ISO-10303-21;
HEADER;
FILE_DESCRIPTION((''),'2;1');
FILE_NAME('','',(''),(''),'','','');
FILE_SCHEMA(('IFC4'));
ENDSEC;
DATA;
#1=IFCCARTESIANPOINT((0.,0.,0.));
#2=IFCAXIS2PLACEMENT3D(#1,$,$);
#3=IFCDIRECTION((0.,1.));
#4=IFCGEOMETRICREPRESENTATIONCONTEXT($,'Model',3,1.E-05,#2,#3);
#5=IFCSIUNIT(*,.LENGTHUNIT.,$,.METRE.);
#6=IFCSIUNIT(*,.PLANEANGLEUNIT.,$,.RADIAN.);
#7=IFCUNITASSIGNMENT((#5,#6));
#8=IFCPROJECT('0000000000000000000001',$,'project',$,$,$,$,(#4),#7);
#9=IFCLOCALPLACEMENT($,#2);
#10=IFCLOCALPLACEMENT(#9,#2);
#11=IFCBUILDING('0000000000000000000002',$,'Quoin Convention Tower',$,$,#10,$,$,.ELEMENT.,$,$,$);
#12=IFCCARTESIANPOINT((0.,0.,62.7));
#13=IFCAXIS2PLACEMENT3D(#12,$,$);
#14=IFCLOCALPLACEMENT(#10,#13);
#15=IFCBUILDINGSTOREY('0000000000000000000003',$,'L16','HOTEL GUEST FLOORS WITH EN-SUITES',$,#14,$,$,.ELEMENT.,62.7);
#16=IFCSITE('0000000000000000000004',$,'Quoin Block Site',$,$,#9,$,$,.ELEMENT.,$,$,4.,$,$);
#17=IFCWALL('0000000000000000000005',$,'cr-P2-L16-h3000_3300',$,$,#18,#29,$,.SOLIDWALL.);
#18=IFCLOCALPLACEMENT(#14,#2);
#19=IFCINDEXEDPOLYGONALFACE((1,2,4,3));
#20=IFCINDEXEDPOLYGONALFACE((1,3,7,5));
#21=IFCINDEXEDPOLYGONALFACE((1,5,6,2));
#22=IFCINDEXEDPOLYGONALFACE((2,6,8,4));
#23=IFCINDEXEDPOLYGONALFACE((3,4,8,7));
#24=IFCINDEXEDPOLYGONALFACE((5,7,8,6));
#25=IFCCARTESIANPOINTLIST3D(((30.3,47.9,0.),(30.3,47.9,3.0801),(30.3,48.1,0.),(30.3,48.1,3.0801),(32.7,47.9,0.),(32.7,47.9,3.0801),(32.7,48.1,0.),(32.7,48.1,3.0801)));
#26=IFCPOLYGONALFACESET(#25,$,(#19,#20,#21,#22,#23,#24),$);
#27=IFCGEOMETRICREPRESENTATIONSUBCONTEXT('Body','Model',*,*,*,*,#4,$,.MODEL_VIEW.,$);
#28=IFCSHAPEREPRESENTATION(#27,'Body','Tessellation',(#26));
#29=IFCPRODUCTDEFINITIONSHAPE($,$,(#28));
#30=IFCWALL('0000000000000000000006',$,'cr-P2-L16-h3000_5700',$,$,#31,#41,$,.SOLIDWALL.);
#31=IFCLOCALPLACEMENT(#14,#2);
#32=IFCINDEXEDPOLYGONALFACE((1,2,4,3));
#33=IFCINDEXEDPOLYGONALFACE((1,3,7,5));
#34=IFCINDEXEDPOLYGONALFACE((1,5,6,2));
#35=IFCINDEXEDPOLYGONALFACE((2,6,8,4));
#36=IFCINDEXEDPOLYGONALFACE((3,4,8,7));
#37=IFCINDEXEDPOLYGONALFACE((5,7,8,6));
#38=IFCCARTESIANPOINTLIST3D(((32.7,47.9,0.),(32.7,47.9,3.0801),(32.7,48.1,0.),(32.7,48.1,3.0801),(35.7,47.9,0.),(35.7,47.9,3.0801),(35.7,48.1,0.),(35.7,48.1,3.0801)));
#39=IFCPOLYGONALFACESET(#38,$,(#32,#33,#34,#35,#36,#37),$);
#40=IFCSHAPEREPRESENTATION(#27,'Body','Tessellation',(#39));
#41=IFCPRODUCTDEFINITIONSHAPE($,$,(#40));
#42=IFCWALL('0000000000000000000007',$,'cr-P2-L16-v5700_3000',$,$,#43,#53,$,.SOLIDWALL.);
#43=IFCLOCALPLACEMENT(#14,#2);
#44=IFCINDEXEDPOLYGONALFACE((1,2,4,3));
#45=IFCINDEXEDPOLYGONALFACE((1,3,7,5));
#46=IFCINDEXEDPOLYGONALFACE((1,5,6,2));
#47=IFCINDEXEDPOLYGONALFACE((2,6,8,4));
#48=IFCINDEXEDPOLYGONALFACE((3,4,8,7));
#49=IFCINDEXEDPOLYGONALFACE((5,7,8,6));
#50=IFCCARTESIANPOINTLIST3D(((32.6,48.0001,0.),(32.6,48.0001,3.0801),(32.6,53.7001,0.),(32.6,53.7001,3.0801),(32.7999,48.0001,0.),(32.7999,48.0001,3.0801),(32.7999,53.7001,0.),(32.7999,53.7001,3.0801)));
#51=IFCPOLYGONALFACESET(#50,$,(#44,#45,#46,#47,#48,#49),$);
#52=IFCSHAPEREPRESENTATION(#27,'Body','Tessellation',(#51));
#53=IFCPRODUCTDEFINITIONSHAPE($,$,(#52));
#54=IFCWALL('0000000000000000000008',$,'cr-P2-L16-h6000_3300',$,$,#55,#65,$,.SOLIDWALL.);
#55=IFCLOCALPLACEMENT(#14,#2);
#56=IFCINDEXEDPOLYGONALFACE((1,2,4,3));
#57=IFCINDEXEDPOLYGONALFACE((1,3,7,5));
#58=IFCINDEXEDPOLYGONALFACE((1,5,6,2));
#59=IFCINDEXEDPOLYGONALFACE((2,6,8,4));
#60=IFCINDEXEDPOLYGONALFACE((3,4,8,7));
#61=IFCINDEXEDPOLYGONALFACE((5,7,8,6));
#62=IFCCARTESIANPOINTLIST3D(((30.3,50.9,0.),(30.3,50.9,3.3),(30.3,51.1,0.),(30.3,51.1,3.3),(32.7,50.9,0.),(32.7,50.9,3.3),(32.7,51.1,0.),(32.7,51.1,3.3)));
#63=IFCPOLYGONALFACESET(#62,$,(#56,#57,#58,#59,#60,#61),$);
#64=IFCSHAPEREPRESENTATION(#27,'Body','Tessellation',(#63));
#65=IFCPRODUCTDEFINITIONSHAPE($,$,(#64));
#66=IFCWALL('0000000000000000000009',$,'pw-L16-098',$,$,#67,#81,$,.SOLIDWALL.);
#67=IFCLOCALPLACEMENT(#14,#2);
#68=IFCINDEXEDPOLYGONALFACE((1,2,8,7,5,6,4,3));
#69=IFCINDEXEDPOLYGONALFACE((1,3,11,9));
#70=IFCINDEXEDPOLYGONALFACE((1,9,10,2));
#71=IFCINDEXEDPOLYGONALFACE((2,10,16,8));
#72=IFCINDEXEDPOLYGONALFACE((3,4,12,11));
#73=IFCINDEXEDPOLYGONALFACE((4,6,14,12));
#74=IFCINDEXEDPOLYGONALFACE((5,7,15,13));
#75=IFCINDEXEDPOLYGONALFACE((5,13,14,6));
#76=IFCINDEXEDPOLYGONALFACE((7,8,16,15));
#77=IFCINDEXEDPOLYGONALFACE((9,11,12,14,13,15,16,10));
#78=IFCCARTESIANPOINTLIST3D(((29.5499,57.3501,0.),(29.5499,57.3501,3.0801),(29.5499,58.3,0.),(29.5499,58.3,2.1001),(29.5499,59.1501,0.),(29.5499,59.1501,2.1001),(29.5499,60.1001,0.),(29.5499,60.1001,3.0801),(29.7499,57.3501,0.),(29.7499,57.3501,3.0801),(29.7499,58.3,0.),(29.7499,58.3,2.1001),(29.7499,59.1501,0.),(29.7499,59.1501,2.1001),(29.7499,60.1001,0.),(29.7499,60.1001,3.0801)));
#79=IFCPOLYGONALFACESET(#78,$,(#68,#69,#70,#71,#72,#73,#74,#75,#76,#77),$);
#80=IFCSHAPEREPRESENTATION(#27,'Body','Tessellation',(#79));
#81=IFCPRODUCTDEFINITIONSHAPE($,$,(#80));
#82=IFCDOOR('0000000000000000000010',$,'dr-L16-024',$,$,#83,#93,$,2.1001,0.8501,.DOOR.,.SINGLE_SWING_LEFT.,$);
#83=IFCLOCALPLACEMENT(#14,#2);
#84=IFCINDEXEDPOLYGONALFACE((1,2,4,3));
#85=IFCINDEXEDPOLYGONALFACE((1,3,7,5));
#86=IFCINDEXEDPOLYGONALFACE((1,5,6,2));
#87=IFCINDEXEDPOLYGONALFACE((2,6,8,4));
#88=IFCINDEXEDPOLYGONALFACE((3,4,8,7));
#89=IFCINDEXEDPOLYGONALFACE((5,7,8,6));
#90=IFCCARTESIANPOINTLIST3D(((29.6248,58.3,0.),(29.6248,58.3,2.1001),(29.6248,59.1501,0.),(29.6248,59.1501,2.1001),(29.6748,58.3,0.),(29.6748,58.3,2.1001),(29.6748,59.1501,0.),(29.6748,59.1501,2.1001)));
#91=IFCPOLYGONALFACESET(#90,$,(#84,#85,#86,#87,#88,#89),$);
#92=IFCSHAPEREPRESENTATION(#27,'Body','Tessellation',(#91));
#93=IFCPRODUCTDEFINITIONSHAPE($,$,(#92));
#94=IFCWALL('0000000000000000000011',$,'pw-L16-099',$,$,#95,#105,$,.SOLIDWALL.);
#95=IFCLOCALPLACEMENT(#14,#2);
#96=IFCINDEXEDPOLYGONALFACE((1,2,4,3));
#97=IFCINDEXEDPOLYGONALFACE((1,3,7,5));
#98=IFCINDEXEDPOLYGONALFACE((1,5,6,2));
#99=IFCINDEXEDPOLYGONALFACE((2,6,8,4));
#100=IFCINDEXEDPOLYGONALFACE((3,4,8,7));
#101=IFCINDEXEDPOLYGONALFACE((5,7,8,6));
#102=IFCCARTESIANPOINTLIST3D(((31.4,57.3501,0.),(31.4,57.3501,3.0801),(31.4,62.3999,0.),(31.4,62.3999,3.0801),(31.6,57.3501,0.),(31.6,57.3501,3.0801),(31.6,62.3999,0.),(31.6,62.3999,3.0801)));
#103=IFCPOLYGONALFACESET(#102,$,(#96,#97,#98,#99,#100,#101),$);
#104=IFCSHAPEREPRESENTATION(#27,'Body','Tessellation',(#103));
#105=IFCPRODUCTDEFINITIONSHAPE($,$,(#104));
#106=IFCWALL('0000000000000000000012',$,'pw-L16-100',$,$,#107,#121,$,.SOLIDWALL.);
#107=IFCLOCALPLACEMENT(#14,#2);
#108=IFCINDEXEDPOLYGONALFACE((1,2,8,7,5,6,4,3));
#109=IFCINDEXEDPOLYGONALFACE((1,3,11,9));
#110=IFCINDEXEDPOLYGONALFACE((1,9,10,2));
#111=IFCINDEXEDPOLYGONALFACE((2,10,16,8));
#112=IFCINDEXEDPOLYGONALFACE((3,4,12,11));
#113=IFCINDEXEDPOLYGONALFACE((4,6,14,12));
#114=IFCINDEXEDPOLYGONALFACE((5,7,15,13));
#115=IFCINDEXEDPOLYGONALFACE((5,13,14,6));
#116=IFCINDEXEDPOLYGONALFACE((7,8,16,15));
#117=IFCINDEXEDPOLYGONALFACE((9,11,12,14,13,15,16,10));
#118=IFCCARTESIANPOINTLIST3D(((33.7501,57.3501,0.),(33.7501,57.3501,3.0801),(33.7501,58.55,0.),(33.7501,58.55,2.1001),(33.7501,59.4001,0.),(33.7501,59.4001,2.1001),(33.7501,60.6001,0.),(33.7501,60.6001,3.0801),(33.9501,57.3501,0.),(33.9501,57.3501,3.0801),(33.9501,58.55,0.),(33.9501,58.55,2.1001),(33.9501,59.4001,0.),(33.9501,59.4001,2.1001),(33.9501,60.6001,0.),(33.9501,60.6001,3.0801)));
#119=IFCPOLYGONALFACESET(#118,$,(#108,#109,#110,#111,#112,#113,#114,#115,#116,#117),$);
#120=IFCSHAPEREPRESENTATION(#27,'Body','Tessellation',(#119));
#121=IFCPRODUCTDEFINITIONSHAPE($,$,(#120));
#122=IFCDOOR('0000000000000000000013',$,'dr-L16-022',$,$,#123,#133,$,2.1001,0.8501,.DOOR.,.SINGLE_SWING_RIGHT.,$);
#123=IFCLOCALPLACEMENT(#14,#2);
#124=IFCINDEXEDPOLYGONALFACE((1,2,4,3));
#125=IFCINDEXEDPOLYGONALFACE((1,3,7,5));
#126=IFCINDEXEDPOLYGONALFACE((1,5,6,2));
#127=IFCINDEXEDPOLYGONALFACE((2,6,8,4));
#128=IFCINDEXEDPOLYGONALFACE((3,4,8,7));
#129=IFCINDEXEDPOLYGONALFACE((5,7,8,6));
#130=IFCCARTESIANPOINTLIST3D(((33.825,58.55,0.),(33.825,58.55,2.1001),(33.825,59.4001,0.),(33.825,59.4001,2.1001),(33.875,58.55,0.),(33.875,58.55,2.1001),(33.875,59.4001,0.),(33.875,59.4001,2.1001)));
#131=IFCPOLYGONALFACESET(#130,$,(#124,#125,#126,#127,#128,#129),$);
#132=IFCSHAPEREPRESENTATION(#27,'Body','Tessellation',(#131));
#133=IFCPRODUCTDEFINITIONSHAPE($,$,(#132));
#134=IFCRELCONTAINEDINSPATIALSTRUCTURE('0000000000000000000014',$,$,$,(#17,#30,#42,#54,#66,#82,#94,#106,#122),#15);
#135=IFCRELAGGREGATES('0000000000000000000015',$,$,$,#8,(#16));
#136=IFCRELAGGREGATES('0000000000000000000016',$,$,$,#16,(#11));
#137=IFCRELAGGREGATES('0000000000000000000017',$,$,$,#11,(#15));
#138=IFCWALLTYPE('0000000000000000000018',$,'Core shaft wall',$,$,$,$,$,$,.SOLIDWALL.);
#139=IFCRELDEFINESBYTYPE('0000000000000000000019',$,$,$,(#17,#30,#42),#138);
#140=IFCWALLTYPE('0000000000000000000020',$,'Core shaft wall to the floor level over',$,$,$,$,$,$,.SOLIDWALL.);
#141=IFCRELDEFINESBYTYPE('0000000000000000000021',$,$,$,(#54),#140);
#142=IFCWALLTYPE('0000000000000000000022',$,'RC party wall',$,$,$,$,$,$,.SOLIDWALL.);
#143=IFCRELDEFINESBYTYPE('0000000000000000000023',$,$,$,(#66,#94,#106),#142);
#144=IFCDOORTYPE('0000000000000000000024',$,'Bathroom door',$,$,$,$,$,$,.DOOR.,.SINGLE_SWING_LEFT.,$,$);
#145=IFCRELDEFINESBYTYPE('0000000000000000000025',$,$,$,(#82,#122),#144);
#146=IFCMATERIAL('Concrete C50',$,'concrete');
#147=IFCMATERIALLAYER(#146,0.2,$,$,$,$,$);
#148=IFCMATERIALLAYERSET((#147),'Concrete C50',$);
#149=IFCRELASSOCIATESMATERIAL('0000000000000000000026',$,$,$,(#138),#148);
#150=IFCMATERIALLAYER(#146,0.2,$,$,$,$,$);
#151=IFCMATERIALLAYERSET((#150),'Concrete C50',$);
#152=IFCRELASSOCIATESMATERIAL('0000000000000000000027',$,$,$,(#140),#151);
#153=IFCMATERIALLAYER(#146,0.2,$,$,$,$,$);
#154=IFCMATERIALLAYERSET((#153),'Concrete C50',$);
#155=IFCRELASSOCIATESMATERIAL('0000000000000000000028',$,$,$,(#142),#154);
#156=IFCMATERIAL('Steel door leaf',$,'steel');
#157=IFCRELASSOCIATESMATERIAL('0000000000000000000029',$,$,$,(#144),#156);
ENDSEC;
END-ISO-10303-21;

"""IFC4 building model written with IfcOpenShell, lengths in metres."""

from ifc_helpers import new_model, si_unit, direction, frame, frame_2d, origin, place, context, subcontext, project, spatial, rectangle, extrude, material, layer, layer_set, type_object, element, fill, save


model = new_model("IFC4")

# Units and contexts
model_context = context("Model", 3, precision=1e-05, world=origin(), true_north=direction((0.0, 1.0)))
body_context = subcontext(model_context, "Body", "Model", "MODEL_VIEW")
ifc_project = project(units=[si_unit("LENGTHUNIT", "METRE"), si_unit("PLANEANGLEUNIT", "RADIAN")], contexts=[model_context])

# Site, building, storey
site_placement = place(None, origin())
site = spatial("IfcSite", under=ifc_project, at=site_placement, Name="Quoin Block Site", CompositionType="ELEMENT", RefElevation=4.0)
building_placement = place(site_placement, origin())
building = spatial("IfcBuilding", under=site, at=building_placement, Name="Quoin Convention Tower", CompositionType="ELEMENT")
storey_placement = place(building_placement, frame((0.0, 0.0, 62.7)))
storey = spatial("IfcBuildingStorey", under=building, at=storey_placement, Name="L16", Description="HOTEL GUEST FLOORS WITH EN-SUITES", CompositionType="ELEMENT", Elevation=62.7)

# Walls
ifc_material_1 = material(Name="Concrete C50", Category="concrete")
ifc_layer_1 = layer(ifc_material_1, 0.2)
ifc_layer_set_1 = layer_set([ifc_layer_1], Name="Concrete C50")
wall_type_1 = type_object("IfcWallType", Name="Core shaft wall", PredefinedType="SOLIDWALL", material=ifc_layer_set_1)
wall_1_placement = place(storey_placement, frame((30.3, 48.0, 0.0), z_axis=(0.0, 0.0, 1.0), x_axis=(1.0, 0.0, 0.0)))
element("IfcWall", 1, at=wall_1_placement, inside=storey, type_object=wall_type_1, Name="cr-P2-L16-h3000_3300", PredefinedType="SOLIDWALL", context=body_context, shape_type="SweptSolid", body=[
    extrude(rectangle(XDim=2.3999, YDim=0.2, at=frame_2d((1.2, 0.0))), origin(), (0.0, 0.0, 1.0), 3.0801),
])
wall_2_placement = place(storey_placement, frame((32.7, 48.0, 0.0), z_axis=(0.0, 0.0, 1.0), x_axis=(1.0, 0.0, 0.0)))
element("IfcWall", 2, at=wall_2_placement, inside=storey, type_object=wall_type_1, Name="cr-P2-L16-h3000_5700", PredefinedType="SOLIDWALL", context=body_context, shape_type="SweptSolid", body=[
    extrude(rectangle(XDim=3.0, YDim=0.2, at=frame_2d((1.5, 0.0))), origin(), (0.0, 0.0, 1.0), 3.0801),
])
wall_3_placement = place(storey_placement, frame((32.7, 48.0, 0.0), z_axis=(0.0, 0.0, 1.0), x_axis=(0.0, 1.0, 0.0)))
element("IfcWall", 3, at=wall_3_placement, inside=storey, type_object=wall_type_1, Name="cr-P2-L16-v5700_3000", PredefinedType="SOLIDWALL", context=body_context, shape_type="SweptSolid", body=[
    extrude(rectangle(XDim=5.7, YDim=0.2, at=frame_2d((2.8501, 0.0))), origin(), (0.0, 0.0, 1.0), 3.0801),
])
ifc_layer_2 = layer(ifc_material_1, 0.2)
ifc_layer_set_2 = layer_set([ifc_layer_2], Name="Concrete C50")
wall_type_2 = type_object("IfcWallType", Name="Core shaft wall to the floor level over", PredefinedType="SOLIDWALL", material=ifc_layer_set_2)
wall_4_placement = place(storey_placement, frame((30.3, 51.0, 0.0), z_axis=(0.0, 0.0, 1.0), x_axis=(1.0, 0.0, 0.0)))
element("IfcWall", 4, at=wall_4_placement, inside=storey, type_object=wall_type_2, Name="cr-P2-L16-h6000_3300", PredefinedType="SOLIDWALL", context=body_context, shape_type="SweptSolid", body=[
    extrude(rectangle(XDim=2.3999, YDim=0.2, at=frame_2d((1.2, 0.0))), origin(), (0.0, 0.0, 1.0), 3.3),
])

# Wall, opening, door
ifc_layer_3 = layer(ifc_material_1, 0.2)
ifc_layer_set_3 = layer_set([ifc_layer_3], Name="Concrete C50")
wall_type_3 = type_object("IfcWallType", Name="RC party wall", PredefinedType="SOLIDWALL", material=ifc_layer_set_3)
wall_5_placement = place(storey_placement, frame((29.6499, 57.3501, 0.0), z_axis=(0.0, 0.0, 1.0), x_axis=(0.0, 1.0, 0.0)))
wall_5 = element("IfcWall", 5, at=wall_5_placement, inside=storey, type_object=wall_type_3, Name="pw-L16-098", PredefinedType="SOLIDWALL", context=body_context, shape_type="SweptSolid", body=[
    extrude(rectangle(XDim=2.75, YDim=0.2, at=frame_2d((1.375, 0.0))), origin(), (0.0, 0.0, 1.0), 3.0801),
])
opening_1_placement = place(wall_5_placement, frame((0.95, 0.0, 0.0)))
opening_1 = element("IfcOpeningElement", 6, at=opening_1_placement, cuts=wall_5, PredefinedType="OPENING", context=body_context, shape_type="SweptSolid", body=[
    extrude(rectangle(XDim=0.8501, YDim=2.1001, at=frame_2d((0.425, 1.05))), frame((0.0, 0.1099, 0.0), z_axis=(0.0, -1.0, 0.0), x_axis=(1.0, 0.0, 0.0)), (0.0, 0.0, 1.0), 0.22),
])
ifc_material_2 = material(Name="Steel door leaf", Category="steel")
door_type_1 = type_object("IfcDoorType", Name="Bathroom door", OperationType="SINGLE_SWING_LEFT", PredefinedType="DOOR", material=ifc_material_2)
door_1_placement = place(opening_1_placement, frame((0.8501, 0.0, 0.0), z_axis=(0.0, 0.0, 1.0), x_axis=(-1.0, 0.0, 0.0)))
door_1 = element("IfcDoor", 7, at=door_1_placement, inside=storey, type_object=door_type_1, Name="dr-L16-024", OperationType="SINGLE_SWING_LEFT", OverallHeight=2.1001, OverallWidth=0.8501, PredefinedType="DOOR", context=body_context, shape_type="SweptSolid", body=[
    extrude(rectangle(XDim=0.8501, YDim=2.1001, at=frame_2d((0.425, 1.05))), frame((0.0, 0.0249, 0.0), z_axis=(0.0, -1.0, 0.0), x_axis=(1.0, 0.0, 0.0)), (0.0, 0.0, 1.0), 0.05),
])
fill(opening_1, door_1)

# Wall
wall_6_placement = place(storey_placement, frame((31.5, 57.3501, 0.0), z_axis=(0.0, 0.0, 1.0), x_axis=(0.0, 1.0, 0.0)))
element("IfcWall", 8, at=wall_6_placement, inside=storey, type_object=wall_type_3, Name="pw-L16-099", PredefinedType="SOLIDWALL", context=body_context, shape_type="SweptSolid", body=[
    extrude(rectangle(XDim=5.0498, YDim=0.2, at=frame_2d((2.5249, 0.0))), origin(), (0.0, 0.0, 1.0), 3.0801),
])

# Wall, opening, door
wall_7_placement = place(storey_placement, frame((33.8501, 57.3501, 0.0), z_axis=(0.0, 0.0, 1.0), x_axis=(0.0, 1.0, 0.0)))
wall_7 = element("IfcWall", 9, at=wall_7_placement, inside=storey, type_object=wall_type_3, Name="pw-L16-100", PredefinedType="SOLIDWALL", context=body_context, shape_type="SweptSolid", body=[
    extrude(rectangle(XDim=3.25, YDim=0.2, at=frame_2d((1.625, 0.0))), origin(), (0.0, 0.0, 1.0), 3.0801),
])
opening_2_placement = place(wall_7_placement, frame((1.2, 0.0, 0.0)))
opening_2 = element("IfcOpeningElement", 10, at=opening_2_placement, cuts=wall_7, PredefinedType="OPENING", context=body_context, shape_type="SweptSolid", body=[
    extrude(rectangle(XDim=0.8501, YDim=2.1001, at=frame_2d((0.425, 1.05))), frame((0.0, 0.1099, 0.0), z_axis=(0.0, -1.0, 0.0), x_axis=(1.0, 0.0, 0.0)), (0.0, 0.0, 1.0), 0.22),
])
door_2_placement = place(opening_2_placement, frame((0.8501, 0.0, 0.0), z_axis=(0.0, 0.0, 1.0), x_axis=(-1.0, 0.0, 0.0)))
door_2 = element("IfcDoor", 11, at=door_2_placement, inside=storey, type_object=door_type_1, Name="dr-L16-022", OperationType="SINGLE_SWING_RIGHT", OverallHeight=2.1001, OverallWidth=0.8501, PredefinedType="DOOR", context=body_context, shape_type="SweptSolid", body=[
    extrude(rectangle(XDim=0.8501, YDim=2.1001, at=frame_2d((0.425, 1.05))), frame((0.0, 0.0249, 0.0), z_axis=(0.0, -1.0, 0.0), x_axis=(1.0, 0.0, 0.0)), (0.0, 0.0, 1.0), 0.05),
])
fill(opening_2, door_2)

save(model, "model.ifc")
